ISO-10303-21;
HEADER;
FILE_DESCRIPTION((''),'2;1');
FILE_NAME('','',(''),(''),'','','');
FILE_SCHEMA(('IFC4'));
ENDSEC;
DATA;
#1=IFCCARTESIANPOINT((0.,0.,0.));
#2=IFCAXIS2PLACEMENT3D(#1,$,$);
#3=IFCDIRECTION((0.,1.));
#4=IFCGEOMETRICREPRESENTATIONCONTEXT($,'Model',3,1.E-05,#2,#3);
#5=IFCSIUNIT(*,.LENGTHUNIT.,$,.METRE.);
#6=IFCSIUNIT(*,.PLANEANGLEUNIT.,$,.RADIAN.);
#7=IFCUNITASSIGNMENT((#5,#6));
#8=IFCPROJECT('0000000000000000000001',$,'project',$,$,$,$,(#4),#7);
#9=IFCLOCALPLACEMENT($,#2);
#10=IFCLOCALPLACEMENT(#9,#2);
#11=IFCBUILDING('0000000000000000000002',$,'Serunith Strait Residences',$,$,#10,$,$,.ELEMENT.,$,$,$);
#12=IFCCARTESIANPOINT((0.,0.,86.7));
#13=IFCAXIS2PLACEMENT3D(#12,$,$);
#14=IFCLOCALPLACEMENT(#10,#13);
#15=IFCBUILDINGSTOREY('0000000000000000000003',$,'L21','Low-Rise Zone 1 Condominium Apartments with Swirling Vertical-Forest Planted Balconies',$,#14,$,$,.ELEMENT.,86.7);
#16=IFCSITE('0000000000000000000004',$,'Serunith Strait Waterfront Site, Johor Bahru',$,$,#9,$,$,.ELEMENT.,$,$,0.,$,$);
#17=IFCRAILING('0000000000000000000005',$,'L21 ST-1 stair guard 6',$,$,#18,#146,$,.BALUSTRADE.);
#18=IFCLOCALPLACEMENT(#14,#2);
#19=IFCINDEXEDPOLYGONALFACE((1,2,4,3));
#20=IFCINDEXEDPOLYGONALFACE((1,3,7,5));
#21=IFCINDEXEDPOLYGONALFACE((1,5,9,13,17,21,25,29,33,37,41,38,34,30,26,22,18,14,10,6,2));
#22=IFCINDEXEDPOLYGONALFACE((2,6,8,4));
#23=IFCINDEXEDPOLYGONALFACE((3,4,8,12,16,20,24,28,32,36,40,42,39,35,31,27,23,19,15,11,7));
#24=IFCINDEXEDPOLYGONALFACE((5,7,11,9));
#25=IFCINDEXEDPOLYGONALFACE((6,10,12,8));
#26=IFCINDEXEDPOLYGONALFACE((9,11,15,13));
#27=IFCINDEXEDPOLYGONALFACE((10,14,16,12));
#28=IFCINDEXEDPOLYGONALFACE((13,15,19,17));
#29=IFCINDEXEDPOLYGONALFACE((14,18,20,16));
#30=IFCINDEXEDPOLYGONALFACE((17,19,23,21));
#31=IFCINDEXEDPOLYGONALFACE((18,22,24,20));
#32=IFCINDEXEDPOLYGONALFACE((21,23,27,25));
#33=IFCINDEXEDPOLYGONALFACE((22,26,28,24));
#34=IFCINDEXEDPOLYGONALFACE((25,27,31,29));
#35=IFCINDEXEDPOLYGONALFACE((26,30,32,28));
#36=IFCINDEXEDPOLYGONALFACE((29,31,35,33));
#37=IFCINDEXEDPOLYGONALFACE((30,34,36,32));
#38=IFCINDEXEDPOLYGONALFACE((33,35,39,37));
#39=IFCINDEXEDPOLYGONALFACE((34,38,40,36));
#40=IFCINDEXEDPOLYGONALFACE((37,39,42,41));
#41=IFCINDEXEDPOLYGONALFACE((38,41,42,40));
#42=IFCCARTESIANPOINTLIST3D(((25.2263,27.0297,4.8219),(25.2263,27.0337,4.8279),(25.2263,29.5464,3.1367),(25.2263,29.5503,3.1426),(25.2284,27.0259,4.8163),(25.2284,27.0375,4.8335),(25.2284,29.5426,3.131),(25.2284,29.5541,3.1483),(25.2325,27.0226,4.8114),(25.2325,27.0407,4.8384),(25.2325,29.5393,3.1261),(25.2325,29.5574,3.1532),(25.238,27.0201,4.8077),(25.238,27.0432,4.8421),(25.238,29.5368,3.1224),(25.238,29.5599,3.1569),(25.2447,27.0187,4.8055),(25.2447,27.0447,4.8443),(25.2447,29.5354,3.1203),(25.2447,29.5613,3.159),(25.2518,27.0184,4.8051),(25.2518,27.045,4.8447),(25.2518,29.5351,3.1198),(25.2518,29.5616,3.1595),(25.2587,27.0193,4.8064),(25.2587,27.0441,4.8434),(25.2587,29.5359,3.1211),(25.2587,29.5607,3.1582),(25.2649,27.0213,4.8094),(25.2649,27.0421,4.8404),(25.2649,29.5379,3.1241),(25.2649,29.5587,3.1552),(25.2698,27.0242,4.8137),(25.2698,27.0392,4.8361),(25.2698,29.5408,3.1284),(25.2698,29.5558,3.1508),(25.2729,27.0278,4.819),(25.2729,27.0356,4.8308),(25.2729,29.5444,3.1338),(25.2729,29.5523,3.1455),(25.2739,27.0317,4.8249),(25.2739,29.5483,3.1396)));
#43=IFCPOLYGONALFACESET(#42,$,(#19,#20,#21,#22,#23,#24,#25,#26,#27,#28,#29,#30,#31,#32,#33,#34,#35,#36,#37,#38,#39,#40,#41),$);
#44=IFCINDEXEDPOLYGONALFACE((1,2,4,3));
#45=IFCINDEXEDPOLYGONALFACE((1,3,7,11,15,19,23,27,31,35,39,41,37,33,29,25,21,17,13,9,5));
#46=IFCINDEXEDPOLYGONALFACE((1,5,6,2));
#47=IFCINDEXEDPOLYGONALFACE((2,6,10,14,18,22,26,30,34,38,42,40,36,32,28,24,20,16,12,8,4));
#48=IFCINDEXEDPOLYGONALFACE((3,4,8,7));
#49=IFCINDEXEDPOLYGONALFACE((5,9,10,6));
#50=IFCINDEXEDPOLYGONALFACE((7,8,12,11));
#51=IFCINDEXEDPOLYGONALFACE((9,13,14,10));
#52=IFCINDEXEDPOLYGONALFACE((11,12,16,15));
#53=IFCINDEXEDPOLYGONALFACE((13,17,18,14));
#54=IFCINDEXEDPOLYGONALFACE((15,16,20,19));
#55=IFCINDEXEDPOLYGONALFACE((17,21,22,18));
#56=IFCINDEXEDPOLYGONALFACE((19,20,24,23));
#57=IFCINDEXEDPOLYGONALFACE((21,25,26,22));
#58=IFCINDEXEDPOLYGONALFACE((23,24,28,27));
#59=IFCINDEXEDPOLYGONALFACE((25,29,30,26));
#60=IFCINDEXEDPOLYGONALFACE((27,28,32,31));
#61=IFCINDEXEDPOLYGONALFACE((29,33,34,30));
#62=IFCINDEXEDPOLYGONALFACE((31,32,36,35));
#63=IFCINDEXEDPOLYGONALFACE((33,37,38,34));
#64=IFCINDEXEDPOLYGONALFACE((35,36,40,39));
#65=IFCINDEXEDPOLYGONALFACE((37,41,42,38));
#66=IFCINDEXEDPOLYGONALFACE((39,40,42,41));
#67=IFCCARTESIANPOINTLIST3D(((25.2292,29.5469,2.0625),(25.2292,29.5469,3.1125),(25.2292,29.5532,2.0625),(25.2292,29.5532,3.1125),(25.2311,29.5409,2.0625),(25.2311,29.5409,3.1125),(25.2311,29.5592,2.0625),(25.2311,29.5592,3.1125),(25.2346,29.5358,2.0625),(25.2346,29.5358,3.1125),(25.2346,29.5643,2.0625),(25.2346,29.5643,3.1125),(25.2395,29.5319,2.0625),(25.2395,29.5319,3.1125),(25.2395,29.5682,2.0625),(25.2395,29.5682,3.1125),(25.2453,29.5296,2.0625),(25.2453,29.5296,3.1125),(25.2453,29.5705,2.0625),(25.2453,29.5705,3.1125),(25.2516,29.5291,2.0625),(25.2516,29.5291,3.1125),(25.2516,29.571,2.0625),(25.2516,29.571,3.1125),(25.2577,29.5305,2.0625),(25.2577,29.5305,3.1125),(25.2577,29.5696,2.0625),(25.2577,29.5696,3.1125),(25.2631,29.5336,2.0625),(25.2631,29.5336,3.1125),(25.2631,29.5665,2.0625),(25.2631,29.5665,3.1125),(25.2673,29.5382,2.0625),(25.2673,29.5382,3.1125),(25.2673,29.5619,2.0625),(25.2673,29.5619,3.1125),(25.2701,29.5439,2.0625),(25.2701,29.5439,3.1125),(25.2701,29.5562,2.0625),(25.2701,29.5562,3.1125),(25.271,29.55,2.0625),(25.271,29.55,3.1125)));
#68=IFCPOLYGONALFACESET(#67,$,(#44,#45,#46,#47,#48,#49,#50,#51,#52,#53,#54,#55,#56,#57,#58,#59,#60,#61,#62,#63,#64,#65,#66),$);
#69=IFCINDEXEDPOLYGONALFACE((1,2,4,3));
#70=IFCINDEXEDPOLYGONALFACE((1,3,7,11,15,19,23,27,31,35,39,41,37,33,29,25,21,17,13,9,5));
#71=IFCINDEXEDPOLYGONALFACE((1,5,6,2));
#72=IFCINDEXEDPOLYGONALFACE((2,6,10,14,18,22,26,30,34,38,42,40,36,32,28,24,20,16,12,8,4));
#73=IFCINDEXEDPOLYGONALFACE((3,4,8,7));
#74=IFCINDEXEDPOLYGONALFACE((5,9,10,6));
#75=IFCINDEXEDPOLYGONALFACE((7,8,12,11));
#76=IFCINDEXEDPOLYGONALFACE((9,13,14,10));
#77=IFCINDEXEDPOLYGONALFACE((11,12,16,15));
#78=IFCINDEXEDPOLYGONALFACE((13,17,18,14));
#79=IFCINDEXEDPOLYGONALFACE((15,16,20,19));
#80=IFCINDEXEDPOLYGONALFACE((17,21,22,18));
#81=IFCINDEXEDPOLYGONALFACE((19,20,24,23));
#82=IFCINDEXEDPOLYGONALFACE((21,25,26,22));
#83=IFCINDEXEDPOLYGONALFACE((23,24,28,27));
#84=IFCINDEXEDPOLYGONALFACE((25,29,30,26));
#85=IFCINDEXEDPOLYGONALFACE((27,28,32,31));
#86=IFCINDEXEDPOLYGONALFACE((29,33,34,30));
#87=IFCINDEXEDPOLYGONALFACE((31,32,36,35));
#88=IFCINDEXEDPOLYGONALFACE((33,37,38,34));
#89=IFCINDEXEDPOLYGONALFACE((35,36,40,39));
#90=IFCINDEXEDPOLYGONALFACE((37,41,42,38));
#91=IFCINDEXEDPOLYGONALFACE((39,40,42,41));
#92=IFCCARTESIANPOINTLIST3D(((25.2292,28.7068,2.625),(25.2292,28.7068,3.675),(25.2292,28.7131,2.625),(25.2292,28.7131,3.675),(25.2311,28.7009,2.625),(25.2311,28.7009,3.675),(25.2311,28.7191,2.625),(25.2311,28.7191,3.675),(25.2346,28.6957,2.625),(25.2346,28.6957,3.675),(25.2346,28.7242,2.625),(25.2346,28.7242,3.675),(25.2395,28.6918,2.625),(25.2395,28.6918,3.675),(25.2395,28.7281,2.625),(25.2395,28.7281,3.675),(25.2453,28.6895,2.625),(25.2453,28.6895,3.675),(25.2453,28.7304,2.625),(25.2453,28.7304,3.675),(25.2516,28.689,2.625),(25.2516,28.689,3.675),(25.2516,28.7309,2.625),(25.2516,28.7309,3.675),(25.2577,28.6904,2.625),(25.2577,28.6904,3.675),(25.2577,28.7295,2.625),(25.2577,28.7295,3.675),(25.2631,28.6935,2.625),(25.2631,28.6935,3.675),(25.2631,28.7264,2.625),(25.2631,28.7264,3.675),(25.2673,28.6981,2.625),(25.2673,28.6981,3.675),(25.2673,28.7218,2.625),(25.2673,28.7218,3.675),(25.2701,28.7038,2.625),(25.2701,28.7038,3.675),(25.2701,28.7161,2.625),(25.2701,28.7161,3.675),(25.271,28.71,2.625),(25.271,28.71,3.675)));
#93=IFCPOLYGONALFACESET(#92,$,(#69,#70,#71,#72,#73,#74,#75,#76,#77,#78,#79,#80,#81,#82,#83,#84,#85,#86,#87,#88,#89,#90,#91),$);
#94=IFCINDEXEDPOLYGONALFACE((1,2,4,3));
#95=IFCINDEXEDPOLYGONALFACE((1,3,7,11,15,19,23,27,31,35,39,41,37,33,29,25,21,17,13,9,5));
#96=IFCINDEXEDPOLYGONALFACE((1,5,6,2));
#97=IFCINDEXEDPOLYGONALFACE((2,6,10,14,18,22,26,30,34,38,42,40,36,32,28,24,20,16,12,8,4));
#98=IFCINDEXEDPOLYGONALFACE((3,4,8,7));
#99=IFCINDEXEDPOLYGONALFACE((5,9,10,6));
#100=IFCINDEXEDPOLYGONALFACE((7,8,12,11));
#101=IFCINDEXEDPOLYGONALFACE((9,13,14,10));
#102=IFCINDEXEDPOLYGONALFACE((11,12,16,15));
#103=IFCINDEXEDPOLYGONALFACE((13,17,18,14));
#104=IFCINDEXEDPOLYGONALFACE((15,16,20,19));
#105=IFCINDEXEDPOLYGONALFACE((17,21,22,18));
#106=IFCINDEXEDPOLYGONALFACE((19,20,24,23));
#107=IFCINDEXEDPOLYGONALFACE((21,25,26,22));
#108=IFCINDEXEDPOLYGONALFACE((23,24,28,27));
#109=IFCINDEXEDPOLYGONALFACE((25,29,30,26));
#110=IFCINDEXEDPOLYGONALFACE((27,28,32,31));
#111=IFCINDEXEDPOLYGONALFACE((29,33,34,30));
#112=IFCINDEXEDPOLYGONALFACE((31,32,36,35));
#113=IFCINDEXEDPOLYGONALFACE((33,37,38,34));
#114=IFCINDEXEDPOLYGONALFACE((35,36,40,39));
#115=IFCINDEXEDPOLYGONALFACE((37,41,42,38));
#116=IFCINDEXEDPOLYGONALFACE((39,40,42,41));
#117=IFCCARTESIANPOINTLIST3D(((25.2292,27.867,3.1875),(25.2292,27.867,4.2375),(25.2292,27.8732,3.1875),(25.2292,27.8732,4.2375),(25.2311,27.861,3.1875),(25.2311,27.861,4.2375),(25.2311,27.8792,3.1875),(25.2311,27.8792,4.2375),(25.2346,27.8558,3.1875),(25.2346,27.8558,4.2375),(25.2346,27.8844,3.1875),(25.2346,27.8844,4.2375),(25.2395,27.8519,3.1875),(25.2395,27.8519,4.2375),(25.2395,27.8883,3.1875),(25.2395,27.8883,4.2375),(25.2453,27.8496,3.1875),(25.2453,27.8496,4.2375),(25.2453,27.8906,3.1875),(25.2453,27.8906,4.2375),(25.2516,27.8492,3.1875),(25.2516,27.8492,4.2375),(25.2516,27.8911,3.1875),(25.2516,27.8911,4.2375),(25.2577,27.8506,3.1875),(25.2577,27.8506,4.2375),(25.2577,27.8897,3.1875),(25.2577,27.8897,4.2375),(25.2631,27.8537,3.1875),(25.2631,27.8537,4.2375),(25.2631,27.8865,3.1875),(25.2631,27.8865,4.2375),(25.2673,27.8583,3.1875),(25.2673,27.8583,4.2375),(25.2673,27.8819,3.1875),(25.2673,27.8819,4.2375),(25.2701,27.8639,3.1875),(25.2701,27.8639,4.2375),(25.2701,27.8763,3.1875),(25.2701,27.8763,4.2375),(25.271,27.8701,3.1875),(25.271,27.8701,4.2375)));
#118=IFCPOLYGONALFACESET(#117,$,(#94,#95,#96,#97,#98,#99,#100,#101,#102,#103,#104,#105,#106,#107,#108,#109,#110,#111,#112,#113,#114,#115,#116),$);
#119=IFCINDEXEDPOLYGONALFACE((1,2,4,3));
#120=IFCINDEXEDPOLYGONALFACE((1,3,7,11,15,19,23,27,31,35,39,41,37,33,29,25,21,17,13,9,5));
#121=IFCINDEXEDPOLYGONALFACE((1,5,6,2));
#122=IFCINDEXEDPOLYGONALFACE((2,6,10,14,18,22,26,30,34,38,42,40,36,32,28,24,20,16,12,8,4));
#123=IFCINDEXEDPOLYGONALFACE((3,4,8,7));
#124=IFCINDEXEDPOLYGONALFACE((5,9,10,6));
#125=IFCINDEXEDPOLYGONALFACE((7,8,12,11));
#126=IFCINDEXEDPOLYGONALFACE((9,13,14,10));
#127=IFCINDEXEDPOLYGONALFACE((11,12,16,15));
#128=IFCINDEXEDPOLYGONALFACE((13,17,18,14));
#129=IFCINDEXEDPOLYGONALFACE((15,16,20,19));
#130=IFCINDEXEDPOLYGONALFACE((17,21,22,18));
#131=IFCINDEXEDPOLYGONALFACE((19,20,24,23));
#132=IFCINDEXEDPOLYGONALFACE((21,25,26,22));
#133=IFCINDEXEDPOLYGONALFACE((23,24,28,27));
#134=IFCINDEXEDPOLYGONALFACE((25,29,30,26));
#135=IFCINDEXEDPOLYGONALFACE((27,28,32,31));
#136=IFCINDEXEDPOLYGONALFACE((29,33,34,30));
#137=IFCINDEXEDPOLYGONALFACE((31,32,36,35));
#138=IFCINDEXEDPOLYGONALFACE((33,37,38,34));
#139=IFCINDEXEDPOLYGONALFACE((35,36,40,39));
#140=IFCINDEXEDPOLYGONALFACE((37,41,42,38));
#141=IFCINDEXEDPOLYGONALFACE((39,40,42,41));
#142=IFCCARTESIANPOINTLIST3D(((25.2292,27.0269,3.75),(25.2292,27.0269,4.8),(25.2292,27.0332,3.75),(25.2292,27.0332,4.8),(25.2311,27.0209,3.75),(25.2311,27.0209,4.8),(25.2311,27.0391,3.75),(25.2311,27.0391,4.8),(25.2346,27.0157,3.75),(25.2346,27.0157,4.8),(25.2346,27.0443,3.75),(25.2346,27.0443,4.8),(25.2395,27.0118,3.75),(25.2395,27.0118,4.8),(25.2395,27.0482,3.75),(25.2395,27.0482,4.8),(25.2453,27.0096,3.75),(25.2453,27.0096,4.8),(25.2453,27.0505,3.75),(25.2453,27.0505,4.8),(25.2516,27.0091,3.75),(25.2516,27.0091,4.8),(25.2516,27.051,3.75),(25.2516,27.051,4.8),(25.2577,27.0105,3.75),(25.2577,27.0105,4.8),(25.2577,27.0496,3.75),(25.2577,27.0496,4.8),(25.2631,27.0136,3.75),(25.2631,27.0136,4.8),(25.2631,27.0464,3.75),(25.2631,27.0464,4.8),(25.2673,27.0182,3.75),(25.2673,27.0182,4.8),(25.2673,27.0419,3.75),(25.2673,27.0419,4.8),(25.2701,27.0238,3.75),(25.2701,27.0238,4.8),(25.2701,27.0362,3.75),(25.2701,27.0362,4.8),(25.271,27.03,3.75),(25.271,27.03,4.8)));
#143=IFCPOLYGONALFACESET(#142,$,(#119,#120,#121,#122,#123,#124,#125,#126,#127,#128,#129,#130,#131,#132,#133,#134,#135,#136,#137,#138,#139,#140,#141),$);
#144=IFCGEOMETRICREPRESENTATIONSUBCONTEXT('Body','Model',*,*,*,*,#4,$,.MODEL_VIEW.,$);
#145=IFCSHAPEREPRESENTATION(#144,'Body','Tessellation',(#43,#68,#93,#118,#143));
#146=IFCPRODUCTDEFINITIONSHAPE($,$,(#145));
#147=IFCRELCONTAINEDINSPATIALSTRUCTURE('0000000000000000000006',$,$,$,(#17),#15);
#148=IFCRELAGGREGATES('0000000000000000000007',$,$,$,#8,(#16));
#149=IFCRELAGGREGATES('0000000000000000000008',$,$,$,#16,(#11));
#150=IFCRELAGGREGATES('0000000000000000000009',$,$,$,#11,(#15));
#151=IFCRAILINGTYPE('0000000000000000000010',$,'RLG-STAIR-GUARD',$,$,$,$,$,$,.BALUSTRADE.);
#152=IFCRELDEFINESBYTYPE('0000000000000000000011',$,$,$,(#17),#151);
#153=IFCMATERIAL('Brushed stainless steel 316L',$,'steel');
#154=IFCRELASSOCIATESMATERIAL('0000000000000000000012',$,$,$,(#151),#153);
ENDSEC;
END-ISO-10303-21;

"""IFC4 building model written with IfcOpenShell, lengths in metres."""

from ifc_helpers import new_model, si_unit, direction, frame, origin, origin_2d, place, context, subcontext, project, spatial, circle, extrude, material, type_object, element, save


model = new_model("IFC4")

# Units and contexts
model_context = context("Model", 3, precision=1e-05, world=origin(), true_north=direction((0.0, 1.0)))
body_context = subcontext(model_context, "Body", "Model", "MODEL_VIEW")
ifc_project = project(units=[si_unit("LENGTHUNIT", "METRE"), si_unit("PLANEANGLEUNIT", "RADIAN")], contexts=[model_context])

# Site, building, storey
site_placement = place(None, origin())
site = spatial("IfcSite", under=ifc_project, at=site_placement, Name="Serunith Strait Waterfront Site, Johor Bahru", CompositionType="ELEMENT", RefElevation=0.0)
building_placement = place(site_placement, origin())
building = spatial("IfcBuilding", under=site, at=building_placement, Name="Serunith Strait Residences", CompositionType="ELEMENT")
storey_placement = place(building_placement, frame((0.0, 0.0, 86.7)))
storey = spatial("IfcBuildingStorey", under=building, at=storey_placement, Name="L21", Description="Low-Rise Zone 1 Condominium Apartments with Swirling Vertical-Forest Planted Balconies", CompositionType="ELEMENT", Elevation=86.7)

# Railing
ifc_material_1 = material(Name="Brushed stainless steel 316L", Category="steel")
railing_type_1 = type_object("IfcRailingType", Name="RLG-STAIR-GUARD", PredefinedType="BALUSTRADE", material=ifc_material_1)
railing_1_placement = place(storey_placement, frame((25.25, 29.55, 2.0625)))
element("IfcRailing", 1, at=railing_1_placement, inside=storey, type_object=railing_type_1, Name="L21 ST-1 stair guard 6", PredefinedType="BALUSTRADE", context=body_context, shape_type="SweptSolid", body=[
    extrude(circle(Radius=0.0239, at=origin_2d()), frame((0.0, -0.0017, 1.0771), z_axis=(0.0, -0.830909, 0.556408), x_axis=(1.0, 0.0, 0.0)), (0.0, 0.0, 1.0), 3.0288),
    extrude(circle(Radius=0.021, at=origin_2d()), origin(), (0.0, 0.0, 1.0), 1.05),
    extrude(circle(Radius=0.021, at=origin_2d()), frame((0.0, -0.8401, 0.5625)), (0.0, 0.0, 1.0), 1.05),
    extrude(circle(Radius=0.021, at=origin_2d()), frame((0.0, -1.6799, 1.125)), (0.0, 0.0, 1.0), 1.05),
    extrude(circle(Radius=0.021, at=origin_2d()), frame((0.0, -2.52, 1.6875)), (0.0, 0.0, 1.0), 1.05),
])

save(model, "model.ifc")
